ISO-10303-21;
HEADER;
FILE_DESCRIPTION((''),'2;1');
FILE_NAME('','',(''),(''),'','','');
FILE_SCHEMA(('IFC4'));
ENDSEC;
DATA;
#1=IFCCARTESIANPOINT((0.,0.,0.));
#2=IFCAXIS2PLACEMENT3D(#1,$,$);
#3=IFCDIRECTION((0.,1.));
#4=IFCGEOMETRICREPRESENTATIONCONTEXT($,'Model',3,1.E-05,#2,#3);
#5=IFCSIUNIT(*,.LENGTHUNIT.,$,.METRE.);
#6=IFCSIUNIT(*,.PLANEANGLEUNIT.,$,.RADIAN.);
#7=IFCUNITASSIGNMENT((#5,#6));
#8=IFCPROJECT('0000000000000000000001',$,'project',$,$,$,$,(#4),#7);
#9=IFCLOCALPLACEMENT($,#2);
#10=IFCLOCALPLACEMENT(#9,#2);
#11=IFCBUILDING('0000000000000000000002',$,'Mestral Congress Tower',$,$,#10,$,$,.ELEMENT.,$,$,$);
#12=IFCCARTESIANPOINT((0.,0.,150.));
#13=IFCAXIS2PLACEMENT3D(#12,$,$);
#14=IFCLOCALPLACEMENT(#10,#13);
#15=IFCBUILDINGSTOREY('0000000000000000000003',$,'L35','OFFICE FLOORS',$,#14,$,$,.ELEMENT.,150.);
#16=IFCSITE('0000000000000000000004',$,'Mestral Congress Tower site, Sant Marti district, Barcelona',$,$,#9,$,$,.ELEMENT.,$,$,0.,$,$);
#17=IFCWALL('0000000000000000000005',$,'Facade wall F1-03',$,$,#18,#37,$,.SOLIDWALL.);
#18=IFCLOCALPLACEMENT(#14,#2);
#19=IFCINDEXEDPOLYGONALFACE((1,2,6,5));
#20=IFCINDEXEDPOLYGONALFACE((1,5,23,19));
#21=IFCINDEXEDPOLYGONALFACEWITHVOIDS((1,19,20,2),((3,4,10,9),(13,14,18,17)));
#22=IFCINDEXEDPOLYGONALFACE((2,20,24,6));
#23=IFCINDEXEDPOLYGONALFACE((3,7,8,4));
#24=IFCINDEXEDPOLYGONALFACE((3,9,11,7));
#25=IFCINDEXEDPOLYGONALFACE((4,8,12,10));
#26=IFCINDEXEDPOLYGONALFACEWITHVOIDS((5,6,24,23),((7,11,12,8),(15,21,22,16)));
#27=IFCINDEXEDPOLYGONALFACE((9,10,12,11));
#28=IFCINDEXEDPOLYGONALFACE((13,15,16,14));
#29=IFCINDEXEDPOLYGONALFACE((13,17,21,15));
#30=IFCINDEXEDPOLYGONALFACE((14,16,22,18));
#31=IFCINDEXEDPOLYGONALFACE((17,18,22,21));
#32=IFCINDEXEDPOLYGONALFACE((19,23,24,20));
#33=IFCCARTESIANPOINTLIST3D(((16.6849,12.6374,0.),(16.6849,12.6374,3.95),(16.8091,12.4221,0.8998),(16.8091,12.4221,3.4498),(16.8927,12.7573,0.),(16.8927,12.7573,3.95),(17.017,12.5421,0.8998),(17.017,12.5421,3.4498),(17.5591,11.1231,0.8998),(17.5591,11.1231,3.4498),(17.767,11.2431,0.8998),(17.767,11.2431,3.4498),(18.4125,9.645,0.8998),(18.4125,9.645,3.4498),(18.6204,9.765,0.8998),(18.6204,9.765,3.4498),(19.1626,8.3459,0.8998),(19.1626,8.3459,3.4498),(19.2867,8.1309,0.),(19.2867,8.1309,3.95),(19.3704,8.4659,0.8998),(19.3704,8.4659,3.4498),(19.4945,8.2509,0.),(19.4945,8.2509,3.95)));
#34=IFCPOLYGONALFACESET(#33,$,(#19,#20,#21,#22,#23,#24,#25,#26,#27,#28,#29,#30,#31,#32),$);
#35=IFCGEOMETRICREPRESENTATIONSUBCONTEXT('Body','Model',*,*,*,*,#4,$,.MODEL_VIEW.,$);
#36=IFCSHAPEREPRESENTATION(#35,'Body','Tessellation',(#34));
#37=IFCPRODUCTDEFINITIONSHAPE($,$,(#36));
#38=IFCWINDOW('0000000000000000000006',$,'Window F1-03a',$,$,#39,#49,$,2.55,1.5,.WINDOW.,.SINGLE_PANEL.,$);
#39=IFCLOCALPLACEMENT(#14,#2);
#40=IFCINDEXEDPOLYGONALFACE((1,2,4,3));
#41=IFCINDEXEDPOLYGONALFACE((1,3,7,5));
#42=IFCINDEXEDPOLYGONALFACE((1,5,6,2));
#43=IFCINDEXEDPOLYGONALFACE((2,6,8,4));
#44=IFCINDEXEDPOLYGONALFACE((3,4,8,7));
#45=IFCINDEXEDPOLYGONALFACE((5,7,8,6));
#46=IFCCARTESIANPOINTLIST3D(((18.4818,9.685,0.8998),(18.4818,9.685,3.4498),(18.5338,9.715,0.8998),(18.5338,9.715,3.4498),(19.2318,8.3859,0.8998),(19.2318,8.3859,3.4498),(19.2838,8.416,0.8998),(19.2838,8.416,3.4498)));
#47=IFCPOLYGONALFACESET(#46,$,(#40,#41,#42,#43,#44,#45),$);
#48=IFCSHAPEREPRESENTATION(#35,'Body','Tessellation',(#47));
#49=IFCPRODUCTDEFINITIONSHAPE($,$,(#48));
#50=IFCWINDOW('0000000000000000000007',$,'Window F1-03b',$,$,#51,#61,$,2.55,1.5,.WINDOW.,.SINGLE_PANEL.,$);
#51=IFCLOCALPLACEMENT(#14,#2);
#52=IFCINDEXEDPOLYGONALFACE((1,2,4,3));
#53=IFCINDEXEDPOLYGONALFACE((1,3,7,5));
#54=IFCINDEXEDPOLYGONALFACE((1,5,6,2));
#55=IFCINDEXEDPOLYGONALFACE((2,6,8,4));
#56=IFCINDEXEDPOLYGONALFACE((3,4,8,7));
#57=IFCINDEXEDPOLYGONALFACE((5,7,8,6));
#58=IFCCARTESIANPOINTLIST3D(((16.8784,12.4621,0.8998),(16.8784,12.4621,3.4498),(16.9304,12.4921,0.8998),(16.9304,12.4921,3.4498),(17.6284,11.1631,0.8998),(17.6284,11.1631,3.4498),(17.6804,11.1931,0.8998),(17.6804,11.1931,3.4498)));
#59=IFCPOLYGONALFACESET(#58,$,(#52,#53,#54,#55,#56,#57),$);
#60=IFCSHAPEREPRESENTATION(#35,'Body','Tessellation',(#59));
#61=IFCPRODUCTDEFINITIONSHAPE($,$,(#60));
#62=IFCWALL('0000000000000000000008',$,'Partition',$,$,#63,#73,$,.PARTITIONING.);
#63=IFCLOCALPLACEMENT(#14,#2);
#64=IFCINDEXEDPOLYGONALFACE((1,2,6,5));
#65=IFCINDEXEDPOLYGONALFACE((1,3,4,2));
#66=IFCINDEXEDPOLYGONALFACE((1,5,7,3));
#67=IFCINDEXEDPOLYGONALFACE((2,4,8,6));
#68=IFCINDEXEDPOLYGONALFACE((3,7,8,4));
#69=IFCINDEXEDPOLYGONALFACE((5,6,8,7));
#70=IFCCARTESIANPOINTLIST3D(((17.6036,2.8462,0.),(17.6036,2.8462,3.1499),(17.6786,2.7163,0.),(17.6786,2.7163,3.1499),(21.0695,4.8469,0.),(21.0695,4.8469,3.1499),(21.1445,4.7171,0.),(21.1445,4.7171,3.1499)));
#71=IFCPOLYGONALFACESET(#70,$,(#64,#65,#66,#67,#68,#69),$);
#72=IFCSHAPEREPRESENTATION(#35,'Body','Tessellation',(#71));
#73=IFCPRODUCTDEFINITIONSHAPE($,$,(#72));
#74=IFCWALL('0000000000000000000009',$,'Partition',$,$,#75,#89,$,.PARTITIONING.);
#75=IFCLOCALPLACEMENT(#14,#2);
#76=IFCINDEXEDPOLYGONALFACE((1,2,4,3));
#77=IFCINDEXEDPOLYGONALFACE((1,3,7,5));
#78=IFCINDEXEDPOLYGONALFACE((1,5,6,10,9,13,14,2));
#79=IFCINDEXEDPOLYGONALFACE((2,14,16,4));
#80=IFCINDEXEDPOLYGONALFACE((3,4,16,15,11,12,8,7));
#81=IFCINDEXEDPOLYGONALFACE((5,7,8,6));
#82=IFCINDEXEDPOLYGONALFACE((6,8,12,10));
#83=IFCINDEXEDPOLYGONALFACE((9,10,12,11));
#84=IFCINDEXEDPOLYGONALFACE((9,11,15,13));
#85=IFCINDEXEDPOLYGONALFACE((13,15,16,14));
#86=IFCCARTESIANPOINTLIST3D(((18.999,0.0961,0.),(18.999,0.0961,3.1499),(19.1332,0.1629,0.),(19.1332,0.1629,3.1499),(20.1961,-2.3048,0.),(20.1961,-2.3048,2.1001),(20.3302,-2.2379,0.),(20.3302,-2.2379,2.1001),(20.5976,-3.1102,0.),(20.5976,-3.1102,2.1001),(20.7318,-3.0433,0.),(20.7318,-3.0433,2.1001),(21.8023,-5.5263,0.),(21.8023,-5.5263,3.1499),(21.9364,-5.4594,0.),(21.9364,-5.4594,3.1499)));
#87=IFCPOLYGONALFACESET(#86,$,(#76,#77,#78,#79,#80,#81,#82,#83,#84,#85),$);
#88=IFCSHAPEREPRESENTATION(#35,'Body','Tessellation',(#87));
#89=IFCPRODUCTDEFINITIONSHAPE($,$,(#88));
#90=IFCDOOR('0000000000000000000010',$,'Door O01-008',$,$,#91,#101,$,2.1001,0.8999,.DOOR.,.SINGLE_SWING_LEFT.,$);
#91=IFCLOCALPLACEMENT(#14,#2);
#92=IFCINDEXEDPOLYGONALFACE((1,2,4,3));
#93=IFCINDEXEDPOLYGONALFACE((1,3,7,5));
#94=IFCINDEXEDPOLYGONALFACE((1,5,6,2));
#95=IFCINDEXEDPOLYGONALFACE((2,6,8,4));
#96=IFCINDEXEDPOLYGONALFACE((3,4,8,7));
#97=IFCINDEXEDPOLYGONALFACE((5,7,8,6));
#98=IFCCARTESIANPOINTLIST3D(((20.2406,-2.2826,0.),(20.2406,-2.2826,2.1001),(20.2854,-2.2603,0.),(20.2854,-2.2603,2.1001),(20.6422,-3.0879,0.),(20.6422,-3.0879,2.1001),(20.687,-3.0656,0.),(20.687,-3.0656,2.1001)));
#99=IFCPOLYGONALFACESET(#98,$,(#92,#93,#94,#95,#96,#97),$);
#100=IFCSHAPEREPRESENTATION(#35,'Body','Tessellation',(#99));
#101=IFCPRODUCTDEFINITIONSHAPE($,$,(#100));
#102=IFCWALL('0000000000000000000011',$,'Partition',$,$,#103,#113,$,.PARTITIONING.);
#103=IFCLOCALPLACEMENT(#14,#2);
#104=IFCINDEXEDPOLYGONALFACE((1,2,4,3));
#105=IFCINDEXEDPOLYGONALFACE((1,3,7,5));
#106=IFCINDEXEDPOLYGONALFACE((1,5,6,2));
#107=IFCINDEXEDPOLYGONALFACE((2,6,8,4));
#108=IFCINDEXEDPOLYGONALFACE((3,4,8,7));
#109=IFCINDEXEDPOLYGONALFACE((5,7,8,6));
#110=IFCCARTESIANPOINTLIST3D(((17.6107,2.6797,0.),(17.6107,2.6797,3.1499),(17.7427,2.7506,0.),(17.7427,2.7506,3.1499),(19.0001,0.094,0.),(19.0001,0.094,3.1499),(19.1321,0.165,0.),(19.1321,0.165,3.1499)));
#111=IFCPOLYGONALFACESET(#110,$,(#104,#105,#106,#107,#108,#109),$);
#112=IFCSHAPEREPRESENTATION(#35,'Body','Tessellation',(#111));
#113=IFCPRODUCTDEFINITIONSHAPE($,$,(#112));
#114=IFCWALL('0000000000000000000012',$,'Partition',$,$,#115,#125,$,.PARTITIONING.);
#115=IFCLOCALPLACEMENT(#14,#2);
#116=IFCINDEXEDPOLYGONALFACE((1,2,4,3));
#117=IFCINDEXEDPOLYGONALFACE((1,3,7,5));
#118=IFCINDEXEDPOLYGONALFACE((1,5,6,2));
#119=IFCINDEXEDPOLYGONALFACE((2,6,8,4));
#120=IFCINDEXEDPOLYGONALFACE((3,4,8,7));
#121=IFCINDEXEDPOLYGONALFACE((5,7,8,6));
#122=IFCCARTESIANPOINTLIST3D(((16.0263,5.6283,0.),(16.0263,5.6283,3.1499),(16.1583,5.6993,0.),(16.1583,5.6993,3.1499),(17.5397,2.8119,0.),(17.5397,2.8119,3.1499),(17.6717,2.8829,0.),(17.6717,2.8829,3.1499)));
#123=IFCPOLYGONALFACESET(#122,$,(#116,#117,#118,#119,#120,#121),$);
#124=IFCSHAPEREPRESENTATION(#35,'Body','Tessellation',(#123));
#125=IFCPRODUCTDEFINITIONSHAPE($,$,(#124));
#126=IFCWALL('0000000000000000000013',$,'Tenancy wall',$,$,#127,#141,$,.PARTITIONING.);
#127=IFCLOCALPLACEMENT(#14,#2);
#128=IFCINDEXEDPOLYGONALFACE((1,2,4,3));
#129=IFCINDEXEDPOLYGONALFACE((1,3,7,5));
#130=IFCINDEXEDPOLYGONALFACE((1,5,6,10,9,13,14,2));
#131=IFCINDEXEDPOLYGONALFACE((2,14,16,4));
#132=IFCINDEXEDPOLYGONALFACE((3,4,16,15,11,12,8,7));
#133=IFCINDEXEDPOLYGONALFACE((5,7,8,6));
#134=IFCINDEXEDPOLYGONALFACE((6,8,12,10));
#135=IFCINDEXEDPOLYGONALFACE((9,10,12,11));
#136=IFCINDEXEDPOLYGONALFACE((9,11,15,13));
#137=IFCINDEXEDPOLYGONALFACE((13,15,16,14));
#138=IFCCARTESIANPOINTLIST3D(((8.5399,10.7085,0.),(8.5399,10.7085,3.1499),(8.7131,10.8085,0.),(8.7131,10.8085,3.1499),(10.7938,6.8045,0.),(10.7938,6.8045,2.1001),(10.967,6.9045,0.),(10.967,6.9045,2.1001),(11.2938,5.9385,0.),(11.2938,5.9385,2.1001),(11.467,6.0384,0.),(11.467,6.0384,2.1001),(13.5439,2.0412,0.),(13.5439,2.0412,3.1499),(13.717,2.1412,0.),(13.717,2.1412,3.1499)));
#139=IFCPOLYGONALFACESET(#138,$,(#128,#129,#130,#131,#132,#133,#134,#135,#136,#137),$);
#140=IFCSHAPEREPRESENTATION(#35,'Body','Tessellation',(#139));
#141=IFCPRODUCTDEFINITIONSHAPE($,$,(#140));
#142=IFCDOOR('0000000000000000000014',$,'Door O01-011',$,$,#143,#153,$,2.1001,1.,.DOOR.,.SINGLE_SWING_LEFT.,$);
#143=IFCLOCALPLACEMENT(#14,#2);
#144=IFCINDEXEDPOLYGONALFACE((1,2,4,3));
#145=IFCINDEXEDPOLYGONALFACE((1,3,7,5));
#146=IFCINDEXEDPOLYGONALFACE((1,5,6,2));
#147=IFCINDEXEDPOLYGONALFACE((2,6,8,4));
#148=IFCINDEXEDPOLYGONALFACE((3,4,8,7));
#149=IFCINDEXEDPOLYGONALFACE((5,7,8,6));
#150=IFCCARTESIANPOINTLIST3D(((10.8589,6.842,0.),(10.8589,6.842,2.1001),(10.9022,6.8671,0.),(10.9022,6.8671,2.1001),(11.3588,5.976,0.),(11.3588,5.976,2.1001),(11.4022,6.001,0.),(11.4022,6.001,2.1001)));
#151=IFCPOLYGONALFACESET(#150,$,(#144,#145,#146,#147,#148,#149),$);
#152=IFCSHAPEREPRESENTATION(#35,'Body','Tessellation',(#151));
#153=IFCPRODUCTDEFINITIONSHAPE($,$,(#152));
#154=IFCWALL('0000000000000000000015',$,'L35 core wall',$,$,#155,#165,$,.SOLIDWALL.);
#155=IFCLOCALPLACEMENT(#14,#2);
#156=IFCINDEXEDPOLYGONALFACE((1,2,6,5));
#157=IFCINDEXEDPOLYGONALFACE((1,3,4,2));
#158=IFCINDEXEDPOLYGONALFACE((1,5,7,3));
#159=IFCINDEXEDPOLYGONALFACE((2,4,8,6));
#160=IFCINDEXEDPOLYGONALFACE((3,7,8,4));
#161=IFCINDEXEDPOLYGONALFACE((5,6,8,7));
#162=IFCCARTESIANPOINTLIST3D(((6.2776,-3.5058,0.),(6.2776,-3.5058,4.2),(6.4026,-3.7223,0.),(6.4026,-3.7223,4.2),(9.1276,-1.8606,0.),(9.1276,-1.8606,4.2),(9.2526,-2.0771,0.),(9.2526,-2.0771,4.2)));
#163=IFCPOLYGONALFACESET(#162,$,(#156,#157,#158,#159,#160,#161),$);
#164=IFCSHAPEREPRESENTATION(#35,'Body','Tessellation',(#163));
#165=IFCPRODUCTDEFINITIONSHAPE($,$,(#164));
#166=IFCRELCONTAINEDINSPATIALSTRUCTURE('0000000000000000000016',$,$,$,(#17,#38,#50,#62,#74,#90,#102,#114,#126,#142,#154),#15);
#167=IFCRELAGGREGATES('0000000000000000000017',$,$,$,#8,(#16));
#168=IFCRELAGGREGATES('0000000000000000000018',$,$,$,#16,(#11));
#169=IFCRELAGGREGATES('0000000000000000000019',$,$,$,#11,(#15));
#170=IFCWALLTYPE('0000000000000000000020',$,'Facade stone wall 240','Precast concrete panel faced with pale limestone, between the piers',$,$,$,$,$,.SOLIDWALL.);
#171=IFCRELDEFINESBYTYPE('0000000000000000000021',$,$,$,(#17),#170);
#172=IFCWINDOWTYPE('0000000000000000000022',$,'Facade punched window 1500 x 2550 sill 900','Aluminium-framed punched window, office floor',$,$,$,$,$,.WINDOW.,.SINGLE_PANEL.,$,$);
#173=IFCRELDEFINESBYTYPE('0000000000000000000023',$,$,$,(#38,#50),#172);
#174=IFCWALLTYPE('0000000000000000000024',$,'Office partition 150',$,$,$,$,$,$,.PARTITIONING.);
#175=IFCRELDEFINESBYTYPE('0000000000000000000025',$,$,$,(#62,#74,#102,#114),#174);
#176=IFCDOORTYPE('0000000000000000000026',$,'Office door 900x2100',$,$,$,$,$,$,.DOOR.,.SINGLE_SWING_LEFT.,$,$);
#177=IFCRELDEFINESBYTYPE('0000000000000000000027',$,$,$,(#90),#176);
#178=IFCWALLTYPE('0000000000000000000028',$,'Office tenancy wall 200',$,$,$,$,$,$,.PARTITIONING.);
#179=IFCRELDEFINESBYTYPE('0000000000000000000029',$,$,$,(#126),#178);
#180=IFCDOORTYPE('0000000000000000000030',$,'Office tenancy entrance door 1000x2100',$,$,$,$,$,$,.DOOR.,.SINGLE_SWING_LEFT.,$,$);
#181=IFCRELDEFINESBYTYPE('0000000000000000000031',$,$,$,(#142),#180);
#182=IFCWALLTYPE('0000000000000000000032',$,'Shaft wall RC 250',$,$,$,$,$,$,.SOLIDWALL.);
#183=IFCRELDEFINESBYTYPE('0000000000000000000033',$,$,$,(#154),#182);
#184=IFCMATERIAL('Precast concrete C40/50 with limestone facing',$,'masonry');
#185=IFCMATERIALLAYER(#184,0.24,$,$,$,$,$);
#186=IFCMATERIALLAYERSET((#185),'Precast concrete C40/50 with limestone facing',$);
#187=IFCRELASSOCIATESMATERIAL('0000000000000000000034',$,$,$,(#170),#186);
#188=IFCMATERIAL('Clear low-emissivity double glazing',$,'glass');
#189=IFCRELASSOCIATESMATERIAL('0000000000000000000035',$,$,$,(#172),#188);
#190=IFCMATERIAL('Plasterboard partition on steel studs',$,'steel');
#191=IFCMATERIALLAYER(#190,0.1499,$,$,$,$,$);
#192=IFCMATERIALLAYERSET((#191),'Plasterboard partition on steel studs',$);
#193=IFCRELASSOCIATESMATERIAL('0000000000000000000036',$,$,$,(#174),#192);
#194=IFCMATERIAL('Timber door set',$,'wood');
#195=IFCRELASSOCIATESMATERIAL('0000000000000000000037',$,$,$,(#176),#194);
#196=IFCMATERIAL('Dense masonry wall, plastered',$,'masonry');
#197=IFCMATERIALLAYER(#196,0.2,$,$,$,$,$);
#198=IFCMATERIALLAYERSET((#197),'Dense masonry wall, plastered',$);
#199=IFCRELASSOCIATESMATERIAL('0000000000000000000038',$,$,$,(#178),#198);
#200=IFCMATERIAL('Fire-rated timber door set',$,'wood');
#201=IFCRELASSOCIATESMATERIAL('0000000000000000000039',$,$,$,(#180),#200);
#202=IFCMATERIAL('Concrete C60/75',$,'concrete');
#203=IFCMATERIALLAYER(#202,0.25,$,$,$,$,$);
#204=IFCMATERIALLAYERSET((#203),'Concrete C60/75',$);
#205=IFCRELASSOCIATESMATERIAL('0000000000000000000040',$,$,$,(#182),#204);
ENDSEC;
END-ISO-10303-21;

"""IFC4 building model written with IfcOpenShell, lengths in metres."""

from ifc_helpers import new_model, si_unit, direction, frame, frame_2d, origin, place, context, subcontext, project, spatial, rectangle, extrude, material, layer, layer_set, type_object, element, fill, save


model = new_model("IFC4")

# Units and contexts
model_context = context("Model", 3, precision=1e-05, world=origin(), true_north=direction((0.0, 1.0)))
body_context = subcontext(model_context, "Body", "Model", "MODEL_VIEW")
ifc_project = project(units=[si_unit("LENGTHUNIT", "METRE"), si_unit("PLANEANGLEUNIT", "RADIAN")], contexts=[model_context])

# Site, building, storey
site_placement = place(None, origin())
site = spatial("IfcSite", under=ifc_project, at=site_placement, Name="Mestral Congress Tower site, Sant Marti district, Barcelona", CompositionType="ELEMENT", RefElevation=0.0)
building_placement = place(site_placement, origin())
building = spatial("IfcBuilding", under=site, at=building_placement, Name="Mestral Congress Tower", CompositionType="ELEMENT")
storey_placement = place(building_placement, frame((0.0, 0.0, 150.0)))
storey = spatial("IfcBuildingStorey", under=building, at=storey_placement, Name="L35", Description="OFFICE FLOORS", CompositionType="ELEMENT", Elevation=150.0)

# Shared definitions
ifc_material_1 = material(Name="Concrete C60/75", Category="concrete")

# Wall, openings, windows
ifc_material_2 = material(Name="Precast concrete C40/50 with limestone facing", Category="masonry")
ifc_layer_1 = layer(ifc_material_2, 0.24)
ifc_layer_set_1 = layer_set([ifc_layer_1], Name="Precast concrete C40/50 with limestone facing")
wall_type_1 = type_object("IfcWallType", Name="Facade stone wall 240", Description="Precast concrete panel faced with pale limestone, between the piers", PredefinedType="SOLIDWALL", material=ifc_layer_set_1)
ifc_material_3 = material(Name="Clear low-emissivity double glazing", Category="glass")
window_type = type_object("IfcWindowType", Name="Facade punched window 1500 x 2550 sill 900", Description="Aluminium-framed punched window, office floor", PartitioningType="SINGLE_PANEL", PredefinedType="WINDOW", material=ifc_material_3)
wall_1_placement = place(storey_placement, frame((19.3906, 8.1909, 0.0), z_axis=(0.0, 0.0, 1.0), x_axis=(-0.500009, 0.86602, 0.0)))
wall_1 = element("IfcWall", 1, at=wall_1_placement, inside=storey, type_object=wall_type_1, Name="Facade wall F1-03", PredefinedType="SOLIDWALL", context=body_context, shape_type="SweptSolid", body=[
    extrude(rectangle(XDim=5.2036, YDim=0.24, at=frame_2d((2.6018, 0.0))), origin(), (0.0, 0.0, 1.0), 3.95),
])
opening_1_placement = place(wall_1_placement, frame((0.2483, 0.0, 0.8999)))
opening_1 = element("IfcOpeningElement", 2, at=opening_1_placement, cuts=wall_1, PredefinedType="OPENING", context=body_context, shape_type="SweptSolid", body=[
    extrude(rectangle(XDim=1.5, YDim=2.55, at=frame_2d((0.75, 1.2749))), frame((0.0, 0.1299, 0.0), z_axis=(0.0, -1.0, 0.0), x_axis=(1.0, 0.0, 0.0)), (0.0, 0.0, 1.0), 0.26),
])
opening_2_placement = place(wall_1_placement, frame((3.4551, 0.0, 0.8999)))
opening_2 = element("IfcOpeningElement", 3, at=opening_2_placement, cuts=wall_1, PredefinedType="OPENING", context=body_context, shape_type="SweptSolid", body=[
    extrude(rectangle(XDim=1.5, YDim=2.55, at=frame_2d((0.75, 1.2749))), frame((0.0, 0.1299, 0.0), z_axis=(0.0, -1.0, 0.0), x_axis=(1.0, 0.0, 0.0)), (0.0, 0.0, 1.0), 0.26),
])
window_1_placement = place(opening_1_placement, origin())
window_1 = element("IfcWindow", 4, at=window_1_placement, inside=storey, type_object=window_type, Name="Window F1-03a", OverallHeight=2.55, OverallWidth=1.5, PartitioningType="SINGLE_PANEL", PredefinedType="WINDOW", context=body_context, shape_type="SweptSolid", body=[
    extrude(rectangle(XDim=1.5, YDim=2.55, at=frame_2d((0.75, 1.2749))), frame((0.0, 0.04, 0.0), z_axis=(0.0, -1.0, 0.0), x_axis=(1.0, 0.0, 0.0)), (0.0, 0.0, 1.0), 0.0601),
])
fill(opening_1, window_1)
window_2_placement = place(opening_2_placement, origin())
window_2 = element("IfcWindow", 5, at=window_2_placement, inside=storey, type_object=window_type, Name="Window F1-03b", OverallHeight=2.55, OverallWidth=1.5, PartitioningType="SINGLE_PANEL", PredefinedType="WINDOW", context=body_context, shape_type="SweptSolid", body=[
    extrude(rectangle(XDim=1.5, YDim=2.55, at=frame_2d((0.75, 1.2749))), frame((0.0, 0.04, 0.0), z_axis=(0.0, -1.0, 0.0), x_axis=(1.0, 0.0, 0.0)), (0.0, 0.0, 1.0), 0.0601),
])
fill(opening_2, window_2)

# Wall
ifc_material_4 = material(Name="Plasterboard partition on steel studs", Category="steel")
ifc_layer_2 = layer(ifc_material_4, 0.1499)
ifc_layer_set_2 = layer_set([ifc_layer_2], Name="Plasterboard partition on steel studs")
wall_type_2 = type_object("IfcWallType", Name="Office partition 150", PredefinedType="PARTITIONING", material=ifc_layer_set_2)
wall_2_placement = place(storey_placement, frame((17.6411, 2.7812, 0.0), z_axis=(0.0, 0.0, 1.0), x_axis=(0.866054, 0.499951, 0.0)))
element("IfcWall", 6, at=wall_2_placement, inside=storey, type_object=wall_type_2, Name="Partition", PredefinedType="PARTITIONING", context=body_context, shape_type="SweptSolid", body=[
    extrude(rectangle(XDim=4.002, YDim=0.1499, at=frame_2d((2.001, 0.0))), origin(), (0.0, 0.0, 1.0), 3.1499),
])

# Wall, opening, door
wall_3_placement = place(storey_placement, frame((19.0662, 0.1294, 0.0), z_axis=(0.0, 0.0, 1.0), x_axis=(0.446203, -0.894932, 0.0)))
wall_3 = element("IfcWall", 7, at=wall_3_placement, inside=storey, type_object=wall_type_2, Name="Partition", PredefinedType="PARTITIONING", context=body_context, shape_type="SweptSolid", body=[
    extrude(rectangle(XDim=6.2825, YDim=0.1499, at=frame_2d((3.1411, 0.0))), origin(), (0.0, 0.0, 1.0), 3.1499),
])
opening_3_placement = place(wall_3_placement, frame((2.6826, 0.0, 0.0)))
opening_3 = element("IfcOpeningElement", 8, at=opening_3_placement, cuts=wall_3, PredefinedType="OPENING", context=body_context, shape_type="SweptSolid", body=[
    extrude(rectangle(XDim=0.8999, YDim=2.1001, at=frame_2d((0.45, 1.05))), frame((0.0, 0.085, 0.0), z_axis=(0.0, -1.0, 0.0), x_axis=(1.0, 0.0, 0.0)), (0.0, 0.0, 1.0), 0.1699),
])
ifc_material_5 = material(Name="Timber door set", Category="wood")
door_type_1 = type_object("IfcDoorType", Name="Office door 900x2100", OperationType="SINGLE_SWING_LEFT", PredefinedType="DOOR", material=ifc_material_5)
door_1_placement = place(opening_3_placement, origin())
door_1 = element("IfcDoor", 9, at=door_1_placement, inside=storey, type_object=door_type_1, Name="Door O01-008", OperationType="SINGLE_SWING_LEFT", OverallHeight=2.1001, OverallWidth=0.8999, PredefinedType="DOOR", context=body_context, shape_type="SweptSolid", body=[
    extrude(rectangle(XDim=0.8999, YDim=2.1001, at=frame_2d((0.45, 1.05))), frame((0.0, 0.0249, 0.0), z_axis=(0.0, -1.0, 0.0), x_axis=(1.0, 0.0, 0.0)), (0.0, 0.0, 1.0), 0.05),
])
fill(opening_3, door_1)

# Walls
wall_4_placement = place(storey_placement, frame((19.0662, 0.1294, 0.0), z_axis=(0.0, 0.0, 1.0), x_axis=(-0.473336, 0.880882, 0.0)))
element("IfcWall", 10, at=wall_4_placement, inside=storey, type_object=wall_type_2, Name="Partition", PredefinedType="PARTITIONING", context=body_context, shape_type="SweptSolid", body=[
    extrude(rectangle(XDim=2.9353, YDim=0.1499, at=frame_2d((1.4678, 0.0))), origin(), (0.0, 0.0, 1.0), 3.1499),
])
wall_5_placement = place(storey_placement, frame((17.6057, 2.8474, 0.0), z_axis=(0.0, 0.0, 1.0), x_axis=(-0.473348, 0.880875, 0.0)))
element("IfcWall", 11, at=wall_5_placement, inside=storey, type_object=wall_type_2, Name="Partition", PredefinedType="PARTITIONING", context=body_context, shape_type="SweptSolid", body=[
    extrude(rectangle(XDim=3.1973, YDim=0.1499, at=frame_2d((1.5986, 0.0))), origin(), (0.0, 0.0, 1.0), 3.1499),
])

# Wall, opening, door
ifc_material_6 = material(Name="Dense masonry wall, plastered", Category="masonry")
ifc_layer_3 = layer(ifc_material_6, 0.2)
ifc_layer_set_3 = layer_set([ifc_layer_3], Name="Dense masonry wall, plastered")
wall_type_3 = type_object("IfcWallType", Name="Office tenancy wall 200", PredefinedType="PARTITIONING", material=ifc_layer_set_3)
wall_6_placement = place(storey_placement, frame((13.6304, 2.0913, 0.0), z_axis=(0.0, 0.0, 1.0), x_axis=(-0.499991, 0.866031, 0.0)))
wall_6 = element("IfcWall", 12, at=wall_6_placement, inside=storey, type_object=wall_type_3, Name="Tenancy wall", PredefinedType="PARTITIONING", context=body_context, shape_type="SweptSolid", body=[
    extrude(rectangle(XDim=10.0081, YDim=0.2, at=frame_2d((5.0039, 0.0))), origin(), (0.0, 0.0, 1.0), 3.1499),
])
opening_4_placement = place(wall_6_placement, frame((4.5, 0.0, 0.0)))
opening_4 = element("IfcOpeningElement", 13, at=opening_4_placement, cuts=wall_6, PredefinedType="OPENING", context=body_context, shape_type="SweptSolid", body=[
    extrude(rectangle(XDim=1.0, YDim=2.1001, at=frame_2d((0.5, 1.05))), frame((0.0, 0.1099, 0.0), z_axis=(0.0, -1.0, 0.0), x_axis=(1.0, 0.0, 0.0)), (0.0, 0.0, 1.0), 0.22),
])
ifc_material_7 = material(Name="Fire-rated timber door set", Category="wood")
door_type_2 = type_object("IfcDoorType", Name="Office tenancy entrance door 1000x2100", OperationType="SINGLE_SWING_LEFT", PredefinedType="DOOR", material=ifc_material_7)
door_2_placement = place(opening_4_placement, origin())
door_2 = element("IfcDoor", 14, at=door_2_placement, inside=storey, type_object=door_type_2, Name="Door O01-011", OperationType="SINGLE_SWING_LEFT", OverallHeight=2.1001, OverallWidth=1.0, PredefinedType="DOOR", context=body_context, shape_type="SweptSolid", body=[
    extrude(rectangle(XDim=1.0, YDim=2.1001, at=frame_2d((0.5, 1.05))), frame((0.0, 0.0249, 0.0), z_axis=(0.0, -1.0, 0.0), x_axis=(1.0, 0.0, 0.0)), (0.0, 0.0, 1.0), 0.05),
])
fill(opening_4, door_2)

# Wall
ifc_layer_4 = layer(ifc_material_1, 0.25)
ifc_layer_set_4 = layer_set([ifc_layer_4], Name="Concrete C60/75")
wall_type_4 = type_object("IfcWallType", Name="Shaft wall RC 250", PredefinedType="SOLIDWALL", material=ifc_layer_set_4)
wall_7_placement = place(storey_placement, frame((9.1902, -1.9688, 0.0), z_axis=(0.0, 0.0, 1.0), x_axis=(-0.866057, -0.499945, 0.0)))
element("IfcWall", 15, at=wall_7_placement, inside=storey, type_object=wall_type_4, Name="L35 core wall", PredefinedType="SOLIDWALL", context=body_context, shape_type="SweptSolid", body=[
    extrude(rectangle(XDim=3.2908, YDim=0.25, at=frame_2d((1.6455, 0.0))), origin(), (0.0, 0.0, 1.0), 4.2),
])

save(model, "model.ifc")
